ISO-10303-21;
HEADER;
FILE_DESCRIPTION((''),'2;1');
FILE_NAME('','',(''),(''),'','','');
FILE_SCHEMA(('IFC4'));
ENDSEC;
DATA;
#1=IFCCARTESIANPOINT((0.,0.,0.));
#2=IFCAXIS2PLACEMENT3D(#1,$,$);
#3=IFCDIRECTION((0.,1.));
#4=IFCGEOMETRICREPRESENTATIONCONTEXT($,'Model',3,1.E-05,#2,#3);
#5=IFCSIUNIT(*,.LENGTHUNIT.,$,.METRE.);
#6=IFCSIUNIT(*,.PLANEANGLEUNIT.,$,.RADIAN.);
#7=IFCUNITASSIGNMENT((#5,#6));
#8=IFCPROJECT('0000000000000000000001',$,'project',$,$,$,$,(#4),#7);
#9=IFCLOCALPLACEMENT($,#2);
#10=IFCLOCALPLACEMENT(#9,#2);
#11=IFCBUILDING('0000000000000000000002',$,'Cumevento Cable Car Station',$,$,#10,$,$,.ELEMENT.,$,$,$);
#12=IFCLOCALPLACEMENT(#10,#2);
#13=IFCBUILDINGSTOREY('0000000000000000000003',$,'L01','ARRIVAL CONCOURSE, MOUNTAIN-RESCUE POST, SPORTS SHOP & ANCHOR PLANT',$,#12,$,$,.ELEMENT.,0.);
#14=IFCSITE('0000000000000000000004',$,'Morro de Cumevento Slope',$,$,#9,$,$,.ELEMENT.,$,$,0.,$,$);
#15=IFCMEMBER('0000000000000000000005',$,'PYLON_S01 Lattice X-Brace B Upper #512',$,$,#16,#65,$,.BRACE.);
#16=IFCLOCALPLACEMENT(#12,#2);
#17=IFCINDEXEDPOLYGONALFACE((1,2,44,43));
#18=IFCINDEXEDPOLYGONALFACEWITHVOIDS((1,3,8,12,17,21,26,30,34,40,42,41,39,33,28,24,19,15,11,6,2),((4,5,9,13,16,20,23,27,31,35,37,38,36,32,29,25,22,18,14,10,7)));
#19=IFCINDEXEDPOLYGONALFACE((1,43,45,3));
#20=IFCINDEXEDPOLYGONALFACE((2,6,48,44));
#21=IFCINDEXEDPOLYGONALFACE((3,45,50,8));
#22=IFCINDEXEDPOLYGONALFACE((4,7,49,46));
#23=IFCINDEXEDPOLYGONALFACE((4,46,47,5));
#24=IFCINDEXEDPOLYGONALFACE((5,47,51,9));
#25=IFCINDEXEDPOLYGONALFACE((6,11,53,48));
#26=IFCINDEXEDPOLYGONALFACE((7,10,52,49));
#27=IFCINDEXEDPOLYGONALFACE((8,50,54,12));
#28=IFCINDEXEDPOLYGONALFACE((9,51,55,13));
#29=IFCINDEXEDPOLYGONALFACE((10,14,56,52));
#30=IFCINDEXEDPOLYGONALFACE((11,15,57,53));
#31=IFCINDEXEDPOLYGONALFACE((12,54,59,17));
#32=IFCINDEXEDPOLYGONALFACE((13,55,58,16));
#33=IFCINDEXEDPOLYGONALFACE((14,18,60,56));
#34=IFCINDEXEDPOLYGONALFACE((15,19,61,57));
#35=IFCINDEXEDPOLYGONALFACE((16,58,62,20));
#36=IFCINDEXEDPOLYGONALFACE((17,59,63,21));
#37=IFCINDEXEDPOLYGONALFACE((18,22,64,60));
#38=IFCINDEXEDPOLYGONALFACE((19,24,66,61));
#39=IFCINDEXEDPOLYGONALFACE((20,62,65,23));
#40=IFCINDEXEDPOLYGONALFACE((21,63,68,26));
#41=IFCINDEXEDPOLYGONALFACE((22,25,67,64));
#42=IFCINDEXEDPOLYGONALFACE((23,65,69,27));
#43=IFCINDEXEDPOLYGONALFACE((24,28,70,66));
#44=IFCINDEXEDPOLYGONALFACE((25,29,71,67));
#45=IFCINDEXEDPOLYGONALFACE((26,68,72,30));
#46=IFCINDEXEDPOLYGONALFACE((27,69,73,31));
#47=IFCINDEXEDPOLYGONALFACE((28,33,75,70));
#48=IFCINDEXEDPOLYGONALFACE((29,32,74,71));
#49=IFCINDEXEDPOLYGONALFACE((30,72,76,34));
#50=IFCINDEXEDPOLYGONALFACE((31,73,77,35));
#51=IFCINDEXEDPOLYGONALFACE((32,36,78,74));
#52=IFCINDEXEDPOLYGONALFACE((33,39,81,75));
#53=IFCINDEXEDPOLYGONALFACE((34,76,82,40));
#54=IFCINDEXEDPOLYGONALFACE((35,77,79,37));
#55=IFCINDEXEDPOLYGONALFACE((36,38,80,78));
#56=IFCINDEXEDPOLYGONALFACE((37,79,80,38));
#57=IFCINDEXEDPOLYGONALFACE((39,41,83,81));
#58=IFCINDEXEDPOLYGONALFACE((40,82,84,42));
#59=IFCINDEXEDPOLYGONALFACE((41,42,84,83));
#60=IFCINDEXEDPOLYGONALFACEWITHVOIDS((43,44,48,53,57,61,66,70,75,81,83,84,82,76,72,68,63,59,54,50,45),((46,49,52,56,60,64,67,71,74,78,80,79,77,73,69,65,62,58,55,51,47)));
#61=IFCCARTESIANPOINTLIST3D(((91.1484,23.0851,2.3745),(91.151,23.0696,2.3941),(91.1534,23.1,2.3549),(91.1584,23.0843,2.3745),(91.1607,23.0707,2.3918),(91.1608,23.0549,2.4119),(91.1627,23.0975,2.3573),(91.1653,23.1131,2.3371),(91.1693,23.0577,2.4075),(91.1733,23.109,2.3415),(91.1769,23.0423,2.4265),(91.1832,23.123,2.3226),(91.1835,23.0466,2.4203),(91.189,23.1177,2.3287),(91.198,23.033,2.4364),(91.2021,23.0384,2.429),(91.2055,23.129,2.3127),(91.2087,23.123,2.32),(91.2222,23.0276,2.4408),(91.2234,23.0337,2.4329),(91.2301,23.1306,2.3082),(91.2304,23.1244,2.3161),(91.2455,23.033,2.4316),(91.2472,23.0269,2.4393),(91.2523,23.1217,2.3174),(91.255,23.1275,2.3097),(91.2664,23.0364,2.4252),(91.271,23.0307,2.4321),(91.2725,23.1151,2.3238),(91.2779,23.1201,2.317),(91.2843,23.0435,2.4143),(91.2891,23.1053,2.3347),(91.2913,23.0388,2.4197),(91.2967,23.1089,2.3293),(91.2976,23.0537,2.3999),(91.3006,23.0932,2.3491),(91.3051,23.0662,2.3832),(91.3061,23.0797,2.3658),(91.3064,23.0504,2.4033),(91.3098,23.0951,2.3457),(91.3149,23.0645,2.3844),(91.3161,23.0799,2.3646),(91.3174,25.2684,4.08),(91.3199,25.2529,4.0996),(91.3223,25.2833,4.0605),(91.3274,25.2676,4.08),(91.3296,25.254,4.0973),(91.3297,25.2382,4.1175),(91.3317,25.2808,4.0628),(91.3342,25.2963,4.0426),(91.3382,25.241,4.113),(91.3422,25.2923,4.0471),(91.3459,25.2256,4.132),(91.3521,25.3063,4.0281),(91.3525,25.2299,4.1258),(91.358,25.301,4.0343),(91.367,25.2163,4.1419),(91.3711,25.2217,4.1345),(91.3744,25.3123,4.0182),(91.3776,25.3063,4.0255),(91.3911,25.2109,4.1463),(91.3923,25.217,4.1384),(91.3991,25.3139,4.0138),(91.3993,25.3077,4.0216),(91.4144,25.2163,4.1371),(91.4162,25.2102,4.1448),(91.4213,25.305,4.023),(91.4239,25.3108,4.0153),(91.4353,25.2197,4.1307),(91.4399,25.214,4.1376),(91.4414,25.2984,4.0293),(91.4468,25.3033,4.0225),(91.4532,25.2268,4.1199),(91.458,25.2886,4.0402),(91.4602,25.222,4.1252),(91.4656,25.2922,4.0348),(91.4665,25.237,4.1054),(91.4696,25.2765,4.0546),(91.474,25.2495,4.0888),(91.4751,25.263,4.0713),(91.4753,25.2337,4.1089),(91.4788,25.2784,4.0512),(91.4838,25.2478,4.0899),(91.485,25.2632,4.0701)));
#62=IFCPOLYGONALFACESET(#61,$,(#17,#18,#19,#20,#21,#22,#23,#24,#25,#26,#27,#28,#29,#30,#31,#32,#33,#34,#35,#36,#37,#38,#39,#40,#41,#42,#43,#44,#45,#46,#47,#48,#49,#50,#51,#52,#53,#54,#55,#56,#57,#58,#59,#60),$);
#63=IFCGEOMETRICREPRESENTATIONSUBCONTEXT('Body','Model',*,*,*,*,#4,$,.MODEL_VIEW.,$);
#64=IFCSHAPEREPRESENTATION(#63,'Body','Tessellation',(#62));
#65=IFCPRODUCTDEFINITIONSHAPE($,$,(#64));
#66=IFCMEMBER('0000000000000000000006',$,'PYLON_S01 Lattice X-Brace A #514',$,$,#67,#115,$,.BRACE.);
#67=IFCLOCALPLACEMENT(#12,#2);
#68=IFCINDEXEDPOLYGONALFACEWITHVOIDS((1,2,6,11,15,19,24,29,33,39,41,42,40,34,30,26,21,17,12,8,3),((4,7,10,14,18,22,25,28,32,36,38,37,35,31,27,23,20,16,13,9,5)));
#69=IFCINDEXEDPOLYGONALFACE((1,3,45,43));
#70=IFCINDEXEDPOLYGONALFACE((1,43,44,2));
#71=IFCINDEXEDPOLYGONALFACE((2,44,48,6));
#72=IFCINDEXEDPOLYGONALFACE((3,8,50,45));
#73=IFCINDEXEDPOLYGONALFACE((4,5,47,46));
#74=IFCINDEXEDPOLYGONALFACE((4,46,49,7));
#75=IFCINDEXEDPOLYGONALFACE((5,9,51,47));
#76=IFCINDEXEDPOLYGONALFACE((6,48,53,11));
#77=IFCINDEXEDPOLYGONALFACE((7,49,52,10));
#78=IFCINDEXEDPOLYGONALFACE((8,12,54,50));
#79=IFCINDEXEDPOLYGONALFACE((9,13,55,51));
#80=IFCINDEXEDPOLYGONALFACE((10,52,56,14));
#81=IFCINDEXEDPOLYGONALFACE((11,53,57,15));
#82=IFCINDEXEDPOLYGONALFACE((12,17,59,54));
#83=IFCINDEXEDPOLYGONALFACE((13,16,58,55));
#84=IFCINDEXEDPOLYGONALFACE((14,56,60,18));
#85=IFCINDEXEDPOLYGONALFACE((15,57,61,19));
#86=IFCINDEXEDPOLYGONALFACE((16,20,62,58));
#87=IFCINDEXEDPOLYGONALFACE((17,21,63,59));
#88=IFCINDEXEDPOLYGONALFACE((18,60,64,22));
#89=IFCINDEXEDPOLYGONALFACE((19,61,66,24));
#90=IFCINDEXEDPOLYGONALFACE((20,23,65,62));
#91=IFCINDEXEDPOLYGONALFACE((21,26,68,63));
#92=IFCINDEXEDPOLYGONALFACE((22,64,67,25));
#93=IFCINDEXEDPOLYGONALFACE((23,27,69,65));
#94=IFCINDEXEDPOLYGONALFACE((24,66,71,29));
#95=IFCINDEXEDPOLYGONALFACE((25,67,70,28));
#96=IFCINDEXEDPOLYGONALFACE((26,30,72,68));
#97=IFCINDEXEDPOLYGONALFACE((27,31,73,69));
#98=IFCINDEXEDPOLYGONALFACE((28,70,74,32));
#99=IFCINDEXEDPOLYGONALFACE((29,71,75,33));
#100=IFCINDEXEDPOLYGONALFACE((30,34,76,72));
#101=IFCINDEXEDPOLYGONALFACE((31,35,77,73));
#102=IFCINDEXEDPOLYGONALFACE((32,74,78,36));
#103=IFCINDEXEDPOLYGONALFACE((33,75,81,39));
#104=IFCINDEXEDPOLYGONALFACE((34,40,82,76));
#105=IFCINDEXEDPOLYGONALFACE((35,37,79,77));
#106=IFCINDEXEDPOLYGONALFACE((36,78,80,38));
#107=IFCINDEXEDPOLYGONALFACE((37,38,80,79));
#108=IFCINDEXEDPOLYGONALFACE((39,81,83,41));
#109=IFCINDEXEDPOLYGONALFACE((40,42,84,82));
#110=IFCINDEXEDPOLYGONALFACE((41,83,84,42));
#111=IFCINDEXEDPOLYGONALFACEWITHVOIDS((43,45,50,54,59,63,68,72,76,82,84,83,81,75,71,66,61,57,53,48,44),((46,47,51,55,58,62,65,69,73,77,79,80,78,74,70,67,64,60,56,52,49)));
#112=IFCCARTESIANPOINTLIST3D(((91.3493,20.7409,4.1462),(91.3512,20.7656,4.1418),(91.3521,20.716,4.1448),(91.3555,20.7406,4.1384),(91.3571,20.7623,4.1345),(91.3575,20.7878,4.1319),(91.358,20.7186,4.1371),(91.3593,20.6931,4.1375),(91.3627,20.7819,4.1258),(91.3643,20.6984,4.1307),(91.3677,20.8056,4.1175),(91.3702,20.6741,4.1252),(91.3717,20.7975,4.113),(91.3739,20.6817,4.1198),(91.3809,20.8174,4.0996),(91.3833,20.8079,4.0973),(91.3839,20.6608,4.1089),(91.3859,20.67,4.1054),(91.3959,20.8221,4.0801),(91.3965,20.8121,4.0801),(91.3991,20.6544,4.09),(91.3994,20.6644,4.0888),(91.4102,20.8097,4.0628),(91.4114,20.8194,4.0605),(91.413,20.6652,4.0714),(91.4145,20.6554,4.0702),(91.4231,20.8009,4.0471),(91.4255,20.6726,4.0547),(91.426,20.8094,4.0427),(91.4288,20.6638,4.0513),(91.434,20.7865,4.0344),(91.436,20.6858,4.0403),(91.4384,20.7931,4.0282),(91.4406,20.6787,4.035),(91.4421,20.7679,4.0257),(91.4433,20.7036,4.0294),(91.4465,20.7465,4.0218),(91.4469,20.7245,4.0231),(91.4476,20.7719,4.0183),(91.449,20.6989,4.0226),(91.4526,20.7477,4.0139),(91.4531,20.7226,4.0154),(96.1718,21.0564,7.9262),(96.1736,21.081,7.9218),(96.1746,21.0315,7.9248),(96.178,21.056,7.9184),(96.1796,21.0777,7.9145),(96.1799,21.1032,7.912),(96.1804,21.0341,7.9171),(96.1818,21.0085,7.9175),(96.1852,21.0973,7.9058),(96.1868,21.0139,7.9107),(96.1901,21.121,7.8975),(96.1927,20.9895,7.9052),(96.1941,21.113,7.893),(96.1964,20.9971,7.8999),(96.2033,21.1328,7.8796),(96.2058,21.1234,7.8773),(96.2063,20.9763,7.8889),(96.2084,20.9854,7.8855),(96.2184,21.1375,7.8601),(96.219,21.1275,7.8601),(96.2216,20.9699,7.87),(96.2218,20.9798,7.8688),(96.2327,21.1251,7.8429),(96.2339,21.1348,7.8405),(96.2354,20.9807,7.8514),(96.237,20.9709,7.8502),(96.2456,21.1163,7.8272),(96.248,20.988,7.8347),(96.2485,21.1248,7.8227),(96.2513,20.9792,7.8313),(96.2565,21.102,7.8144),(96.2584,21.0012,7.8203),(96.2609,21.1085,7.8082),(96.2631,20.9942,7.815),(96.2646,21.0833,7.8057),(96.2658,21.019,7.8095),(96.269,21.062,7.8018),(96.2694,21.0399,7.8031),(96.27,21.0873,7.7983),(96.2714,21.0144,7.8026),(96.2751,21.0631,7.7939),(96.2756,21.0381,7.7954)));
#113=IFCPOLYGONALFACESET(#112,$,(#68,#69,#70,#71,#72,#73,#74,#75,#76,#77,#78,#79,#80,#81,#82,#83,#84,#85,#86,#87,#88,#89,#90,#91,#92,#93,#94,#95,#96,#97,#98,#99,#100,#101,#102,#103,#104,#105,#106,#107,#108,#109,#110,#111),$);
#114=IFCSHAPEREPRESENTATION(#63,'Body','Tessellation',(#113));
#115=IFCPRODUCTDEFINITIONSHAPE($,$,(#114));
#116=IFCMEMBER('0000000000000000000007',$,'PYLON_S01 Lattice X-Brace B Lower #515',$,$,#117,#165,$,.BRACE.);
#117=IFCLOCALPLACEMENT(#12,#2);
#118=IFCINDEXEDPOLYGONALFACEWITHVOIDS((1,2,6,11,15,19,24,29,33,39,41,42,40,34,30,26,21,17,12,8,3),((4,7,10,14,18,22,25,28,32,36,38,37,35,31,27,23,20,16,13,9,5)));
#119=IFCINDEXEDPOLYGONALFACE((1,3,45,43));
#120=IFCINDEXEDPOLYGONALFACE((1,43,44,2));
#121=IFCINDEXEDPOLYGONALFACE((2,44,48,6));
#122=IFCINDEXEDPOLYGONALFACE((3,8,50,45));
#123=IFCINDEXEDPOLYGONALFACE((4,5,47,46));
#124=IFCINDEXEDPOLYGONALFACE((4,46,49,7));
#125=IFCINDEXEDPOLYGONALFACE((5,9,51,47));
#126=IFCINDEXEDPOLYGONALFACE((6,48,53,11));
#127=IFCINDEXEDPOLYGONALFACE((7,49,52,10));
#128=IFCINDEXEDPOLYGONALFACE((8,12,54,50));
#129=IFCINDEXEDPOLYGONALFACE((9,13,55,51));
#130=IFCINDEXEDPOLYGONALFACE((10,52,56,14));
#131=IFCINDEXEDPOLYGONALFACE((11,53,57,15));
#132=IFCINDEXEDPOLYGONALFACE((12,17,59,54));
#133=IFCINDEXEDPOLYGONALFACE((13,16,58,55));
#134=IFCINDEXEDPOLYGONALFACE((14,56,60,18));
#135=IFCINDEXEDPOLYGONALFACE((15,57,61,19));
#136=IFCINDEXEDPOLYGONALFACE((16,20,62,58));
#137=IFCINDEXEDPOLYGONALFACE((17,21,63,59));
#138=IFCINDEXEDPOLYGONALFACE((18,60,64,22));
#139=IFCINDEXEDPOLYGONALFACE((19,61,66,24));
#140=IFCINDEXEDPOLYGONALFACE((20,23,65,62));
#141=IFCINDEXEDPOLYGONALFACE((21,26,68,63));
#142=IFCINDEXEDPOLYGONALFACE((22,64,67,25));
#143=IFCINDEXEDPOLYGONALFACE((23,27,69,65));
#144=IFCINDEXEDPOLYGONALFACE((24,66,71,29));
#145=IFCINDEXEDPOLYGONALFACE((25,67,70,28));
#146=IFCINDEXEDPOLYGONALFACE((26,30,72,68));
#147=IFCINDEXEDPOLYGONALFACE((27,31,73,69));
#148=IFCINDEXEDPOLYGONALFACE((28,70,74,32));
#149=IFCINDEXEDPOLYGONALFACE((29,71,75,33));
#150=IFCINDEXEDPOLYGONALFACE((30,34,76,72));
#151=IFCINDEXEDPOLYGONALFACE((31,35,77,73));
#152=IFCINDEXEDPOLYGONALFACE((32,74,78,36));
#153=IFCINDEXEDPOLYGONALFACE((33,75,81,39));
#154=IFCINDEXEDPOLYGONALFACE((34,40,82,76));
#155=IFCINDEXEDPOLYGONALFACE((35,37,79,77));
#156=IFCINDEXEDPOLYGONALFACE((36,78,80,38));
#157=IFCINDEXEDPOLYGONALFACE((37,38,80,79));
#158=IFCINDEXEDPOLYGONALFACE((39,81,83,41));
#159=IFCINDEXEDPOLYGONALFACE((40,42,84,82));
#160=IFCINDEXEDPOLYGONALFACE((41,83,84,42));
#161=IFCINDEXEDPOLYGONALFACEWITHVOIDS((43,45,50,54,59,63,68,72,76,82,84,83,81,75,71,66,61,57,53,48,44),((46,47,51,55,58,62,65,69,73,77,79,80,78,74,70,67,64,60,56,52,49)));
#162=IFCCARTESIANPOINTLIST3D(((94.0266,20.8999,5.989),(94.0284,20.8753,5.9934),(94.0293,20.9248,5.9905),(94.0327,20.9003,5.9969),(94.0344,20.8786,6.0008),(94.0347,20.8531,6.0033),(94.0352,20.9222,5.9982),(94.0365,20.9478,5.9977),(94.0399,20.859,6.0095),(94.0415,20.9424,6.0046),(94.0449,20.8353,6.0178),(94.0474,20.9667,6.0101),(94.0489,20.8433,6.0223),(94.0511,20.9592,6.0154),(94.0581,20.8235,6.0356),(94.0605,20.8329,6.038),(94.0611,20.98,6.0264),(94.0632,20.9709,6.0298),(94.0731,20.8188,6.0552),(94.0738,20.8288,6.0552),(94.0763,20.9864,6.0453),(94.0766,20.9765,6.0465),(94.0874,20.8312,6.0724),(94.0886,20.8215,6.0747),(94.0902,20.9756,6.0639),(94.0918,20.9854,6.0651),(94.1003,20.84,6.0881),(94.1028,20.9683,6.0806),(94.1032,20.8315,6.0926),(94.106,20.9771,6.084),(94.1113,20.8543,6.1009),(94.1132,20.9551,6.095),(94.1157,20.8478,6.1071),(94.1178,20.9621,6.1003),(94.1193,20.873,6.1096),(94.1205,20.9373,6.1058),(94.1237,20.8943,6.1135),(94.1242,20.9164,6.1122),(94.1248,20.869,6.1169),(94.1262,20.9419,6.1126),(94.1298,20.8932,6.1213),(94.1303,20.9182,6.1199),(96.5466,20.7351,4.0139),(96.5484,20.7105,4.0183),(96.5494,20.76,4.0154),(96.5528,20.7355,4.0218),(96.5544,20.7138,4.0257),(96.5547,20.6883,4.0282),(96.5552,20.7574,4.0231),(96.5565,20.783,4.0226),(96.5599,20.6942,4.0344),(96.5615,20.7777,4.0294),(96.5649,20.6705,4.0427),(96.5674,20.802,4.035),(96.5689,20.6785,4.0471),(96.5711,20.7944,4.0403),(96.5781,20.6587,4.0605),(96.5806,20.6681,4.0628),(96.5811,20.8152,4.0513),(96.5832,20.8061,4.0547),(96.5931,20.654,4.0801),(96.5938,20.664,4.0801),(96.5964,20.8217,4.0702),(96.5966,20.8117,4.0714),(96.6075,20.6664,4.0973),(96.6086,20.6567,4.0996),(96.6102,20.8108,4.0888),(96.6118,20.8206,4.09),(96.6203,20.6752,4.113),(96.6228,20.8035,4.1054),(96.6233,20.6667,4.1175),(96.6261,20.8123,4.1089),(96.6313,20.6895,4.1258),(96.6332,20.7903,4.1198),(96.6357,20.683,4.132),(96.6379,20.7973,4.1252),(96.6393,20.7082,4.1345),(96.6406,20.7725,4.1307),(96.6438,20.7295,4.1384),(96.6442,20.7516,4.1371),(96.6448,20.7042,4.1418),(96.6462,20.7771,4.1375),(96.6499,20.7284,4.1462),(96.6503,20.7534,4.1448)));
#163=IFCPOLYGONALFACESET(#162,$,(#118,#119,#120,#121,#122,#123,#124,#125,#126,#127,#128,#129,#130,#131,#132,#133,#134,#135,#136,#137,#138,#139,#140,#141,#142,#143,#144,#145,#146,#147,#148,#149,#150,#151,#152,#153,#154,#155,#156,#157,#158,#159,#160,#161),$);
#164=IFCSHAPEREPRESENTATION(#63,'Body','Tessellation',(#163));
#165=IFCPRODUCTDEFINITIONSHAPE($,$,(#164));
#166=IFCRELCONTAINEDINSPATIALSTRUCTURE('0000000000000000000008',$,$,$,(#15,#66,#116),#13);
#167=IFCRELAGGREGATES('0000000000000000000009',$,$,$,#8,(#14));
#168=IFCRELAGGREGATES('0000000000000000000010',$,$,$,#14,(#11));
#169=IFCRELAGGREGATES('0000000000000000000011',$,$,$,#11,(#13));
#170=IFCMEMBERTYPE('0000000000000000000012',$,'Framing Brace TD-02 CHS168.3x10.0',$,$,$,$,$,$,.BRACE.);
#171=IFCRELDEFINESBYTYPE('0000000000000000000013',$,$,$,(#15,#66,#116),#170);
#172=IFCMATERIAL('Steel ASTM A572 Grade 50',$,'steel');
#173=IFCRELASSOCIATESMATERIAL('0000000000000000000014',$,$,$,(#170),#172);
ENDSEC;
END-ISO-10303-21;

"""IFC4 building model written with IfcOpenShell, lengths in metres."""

from ifc_helpers import new_model, si_unit, direction, frame, origin, origin_2d, place, context, subcontext, project, spatial, hollow_circle, extrude, material, material_profile, profile_set, type_object, element, save


model = new_model("IFC4")

# Units and contexts
model_context = context("Model", 3, precision=1e-05, world=origin(), true_north=direction((0.0, 1.0)))
body_context = subcontext(model_context, "Body", "Model", "MODEL_VIEW")
ifc_project = project(units=[si_unit("LENGTHUNIT", "METRE"), si_unit("PLANEANGLEUNIT", "RADIAN")], contexts=[model_context])

# Site, building, storey
site_placement = place(None, origin())
site = spatial("IfcSite", under=ifc_project, at=site_placement, Name="Morro de Cumevento Slope", CompositionType="ELEMENT", RefElevation=0.0)
building_placement = place(site_placement, origin())
building = spatial("IfcBuilding", under=site, at=building_placement, Name="Cumevento Cable Car Station", CompositionType="ELEMENT")
storey_placement = place(building_placement, origin())
storey = spatial("IfcBuildingStorey", under=building, at=storey_placement, Name="L01", Description="ARRIVAL CONCOURSE, MOUNTAIN-RESCUE POST, SPORTS SHOP & ANCHOR PLANT", CompositionType="ELEMENT", Elevation=0.0)

# Members
ifc_material_1 = material(Name="Steel ASTM A572 Grade 50", Category="steel")
ifc_material_profile_1 = material_profile(ifc_material_1, hollow_circle(Radius=0.0842, WallThickness=0.01, at=origin_2d()), Name="CHS168.3x10.0")
ifc_profile_set_1 = profile_set([ifc_material_profile_1], Name="Steel ASTM A572 Grade 50")
member_type_1 = type_object("IfcMemberType", Name="Framing Brace TD-02 CHS168.3x10.0", PredefinedType="BRACE", material=ifc_profile_set_1)
member_1_placement = place(storey_placement, frame((91.2324, 23.0786, 2.3745), z_axis=(0.060866, 0.786594, 0.614463), x_axis=(-0.99702, 0.077148, 0.0)))
element("IfcMember", 1, at=member_1_placement, inside=storey, type_object=member_type_1, Name="PYLON_S01 Lattice X-Brace B Upper #512", PredefinedType="BRACE", context=body_context, shape_type="SweptSolid", body=[
    extrude(hollow_circle(Radius=0.0842, WallThickness=0.01, at=origin_2d()), origin(), (0.0, 0.0, 1.0), 2.7756),
])
member_2_placement = place(storey_placement, frame((91.4014, 20.738, 4.0801), z_axis=(0.785997, 0.05141, 0.616089), x_axis=(-0.065268, 0.997868, 0.0)))
element("IfcMember", 2, at=member_2_placement, inside=storey, type_object=member_type_1, Name="PYLON_S01 Lattice X-Brace A #514", PredefinedType="BRACE", context=body_context, shape_type="SweptSolid", body=[
    extrude(hollow_circle(Radius=0.0842, WallThickness=0.01, at=origin_2d()), origin(), (0.0, 0.0, 1.0), 6.1355),
])
member_3_placement = place(storey_placement, frame((96.5986, 20.738, 4.0801), z_axis=(-0.786023, 0.051401, 0.616056), x_axis=(-0.065255, -0.997869, 0.0)))
element("IfcMember", 3, at=member_3_placement, inside=storey, type_object=member_type_1, Name="PYLON_S01 Lattice X-Brace B Lower #515", PredefinedType="BRACE", context=body_context, shape_type="SweptSolid", body=[
    extrude(hollow_circle(Radius=0.0842, WallThickness=0.01, at=origin_2d()), origin(), (0.0, 0.0, 1.0), 3.2061),
])

save(model, "model.ifc")
